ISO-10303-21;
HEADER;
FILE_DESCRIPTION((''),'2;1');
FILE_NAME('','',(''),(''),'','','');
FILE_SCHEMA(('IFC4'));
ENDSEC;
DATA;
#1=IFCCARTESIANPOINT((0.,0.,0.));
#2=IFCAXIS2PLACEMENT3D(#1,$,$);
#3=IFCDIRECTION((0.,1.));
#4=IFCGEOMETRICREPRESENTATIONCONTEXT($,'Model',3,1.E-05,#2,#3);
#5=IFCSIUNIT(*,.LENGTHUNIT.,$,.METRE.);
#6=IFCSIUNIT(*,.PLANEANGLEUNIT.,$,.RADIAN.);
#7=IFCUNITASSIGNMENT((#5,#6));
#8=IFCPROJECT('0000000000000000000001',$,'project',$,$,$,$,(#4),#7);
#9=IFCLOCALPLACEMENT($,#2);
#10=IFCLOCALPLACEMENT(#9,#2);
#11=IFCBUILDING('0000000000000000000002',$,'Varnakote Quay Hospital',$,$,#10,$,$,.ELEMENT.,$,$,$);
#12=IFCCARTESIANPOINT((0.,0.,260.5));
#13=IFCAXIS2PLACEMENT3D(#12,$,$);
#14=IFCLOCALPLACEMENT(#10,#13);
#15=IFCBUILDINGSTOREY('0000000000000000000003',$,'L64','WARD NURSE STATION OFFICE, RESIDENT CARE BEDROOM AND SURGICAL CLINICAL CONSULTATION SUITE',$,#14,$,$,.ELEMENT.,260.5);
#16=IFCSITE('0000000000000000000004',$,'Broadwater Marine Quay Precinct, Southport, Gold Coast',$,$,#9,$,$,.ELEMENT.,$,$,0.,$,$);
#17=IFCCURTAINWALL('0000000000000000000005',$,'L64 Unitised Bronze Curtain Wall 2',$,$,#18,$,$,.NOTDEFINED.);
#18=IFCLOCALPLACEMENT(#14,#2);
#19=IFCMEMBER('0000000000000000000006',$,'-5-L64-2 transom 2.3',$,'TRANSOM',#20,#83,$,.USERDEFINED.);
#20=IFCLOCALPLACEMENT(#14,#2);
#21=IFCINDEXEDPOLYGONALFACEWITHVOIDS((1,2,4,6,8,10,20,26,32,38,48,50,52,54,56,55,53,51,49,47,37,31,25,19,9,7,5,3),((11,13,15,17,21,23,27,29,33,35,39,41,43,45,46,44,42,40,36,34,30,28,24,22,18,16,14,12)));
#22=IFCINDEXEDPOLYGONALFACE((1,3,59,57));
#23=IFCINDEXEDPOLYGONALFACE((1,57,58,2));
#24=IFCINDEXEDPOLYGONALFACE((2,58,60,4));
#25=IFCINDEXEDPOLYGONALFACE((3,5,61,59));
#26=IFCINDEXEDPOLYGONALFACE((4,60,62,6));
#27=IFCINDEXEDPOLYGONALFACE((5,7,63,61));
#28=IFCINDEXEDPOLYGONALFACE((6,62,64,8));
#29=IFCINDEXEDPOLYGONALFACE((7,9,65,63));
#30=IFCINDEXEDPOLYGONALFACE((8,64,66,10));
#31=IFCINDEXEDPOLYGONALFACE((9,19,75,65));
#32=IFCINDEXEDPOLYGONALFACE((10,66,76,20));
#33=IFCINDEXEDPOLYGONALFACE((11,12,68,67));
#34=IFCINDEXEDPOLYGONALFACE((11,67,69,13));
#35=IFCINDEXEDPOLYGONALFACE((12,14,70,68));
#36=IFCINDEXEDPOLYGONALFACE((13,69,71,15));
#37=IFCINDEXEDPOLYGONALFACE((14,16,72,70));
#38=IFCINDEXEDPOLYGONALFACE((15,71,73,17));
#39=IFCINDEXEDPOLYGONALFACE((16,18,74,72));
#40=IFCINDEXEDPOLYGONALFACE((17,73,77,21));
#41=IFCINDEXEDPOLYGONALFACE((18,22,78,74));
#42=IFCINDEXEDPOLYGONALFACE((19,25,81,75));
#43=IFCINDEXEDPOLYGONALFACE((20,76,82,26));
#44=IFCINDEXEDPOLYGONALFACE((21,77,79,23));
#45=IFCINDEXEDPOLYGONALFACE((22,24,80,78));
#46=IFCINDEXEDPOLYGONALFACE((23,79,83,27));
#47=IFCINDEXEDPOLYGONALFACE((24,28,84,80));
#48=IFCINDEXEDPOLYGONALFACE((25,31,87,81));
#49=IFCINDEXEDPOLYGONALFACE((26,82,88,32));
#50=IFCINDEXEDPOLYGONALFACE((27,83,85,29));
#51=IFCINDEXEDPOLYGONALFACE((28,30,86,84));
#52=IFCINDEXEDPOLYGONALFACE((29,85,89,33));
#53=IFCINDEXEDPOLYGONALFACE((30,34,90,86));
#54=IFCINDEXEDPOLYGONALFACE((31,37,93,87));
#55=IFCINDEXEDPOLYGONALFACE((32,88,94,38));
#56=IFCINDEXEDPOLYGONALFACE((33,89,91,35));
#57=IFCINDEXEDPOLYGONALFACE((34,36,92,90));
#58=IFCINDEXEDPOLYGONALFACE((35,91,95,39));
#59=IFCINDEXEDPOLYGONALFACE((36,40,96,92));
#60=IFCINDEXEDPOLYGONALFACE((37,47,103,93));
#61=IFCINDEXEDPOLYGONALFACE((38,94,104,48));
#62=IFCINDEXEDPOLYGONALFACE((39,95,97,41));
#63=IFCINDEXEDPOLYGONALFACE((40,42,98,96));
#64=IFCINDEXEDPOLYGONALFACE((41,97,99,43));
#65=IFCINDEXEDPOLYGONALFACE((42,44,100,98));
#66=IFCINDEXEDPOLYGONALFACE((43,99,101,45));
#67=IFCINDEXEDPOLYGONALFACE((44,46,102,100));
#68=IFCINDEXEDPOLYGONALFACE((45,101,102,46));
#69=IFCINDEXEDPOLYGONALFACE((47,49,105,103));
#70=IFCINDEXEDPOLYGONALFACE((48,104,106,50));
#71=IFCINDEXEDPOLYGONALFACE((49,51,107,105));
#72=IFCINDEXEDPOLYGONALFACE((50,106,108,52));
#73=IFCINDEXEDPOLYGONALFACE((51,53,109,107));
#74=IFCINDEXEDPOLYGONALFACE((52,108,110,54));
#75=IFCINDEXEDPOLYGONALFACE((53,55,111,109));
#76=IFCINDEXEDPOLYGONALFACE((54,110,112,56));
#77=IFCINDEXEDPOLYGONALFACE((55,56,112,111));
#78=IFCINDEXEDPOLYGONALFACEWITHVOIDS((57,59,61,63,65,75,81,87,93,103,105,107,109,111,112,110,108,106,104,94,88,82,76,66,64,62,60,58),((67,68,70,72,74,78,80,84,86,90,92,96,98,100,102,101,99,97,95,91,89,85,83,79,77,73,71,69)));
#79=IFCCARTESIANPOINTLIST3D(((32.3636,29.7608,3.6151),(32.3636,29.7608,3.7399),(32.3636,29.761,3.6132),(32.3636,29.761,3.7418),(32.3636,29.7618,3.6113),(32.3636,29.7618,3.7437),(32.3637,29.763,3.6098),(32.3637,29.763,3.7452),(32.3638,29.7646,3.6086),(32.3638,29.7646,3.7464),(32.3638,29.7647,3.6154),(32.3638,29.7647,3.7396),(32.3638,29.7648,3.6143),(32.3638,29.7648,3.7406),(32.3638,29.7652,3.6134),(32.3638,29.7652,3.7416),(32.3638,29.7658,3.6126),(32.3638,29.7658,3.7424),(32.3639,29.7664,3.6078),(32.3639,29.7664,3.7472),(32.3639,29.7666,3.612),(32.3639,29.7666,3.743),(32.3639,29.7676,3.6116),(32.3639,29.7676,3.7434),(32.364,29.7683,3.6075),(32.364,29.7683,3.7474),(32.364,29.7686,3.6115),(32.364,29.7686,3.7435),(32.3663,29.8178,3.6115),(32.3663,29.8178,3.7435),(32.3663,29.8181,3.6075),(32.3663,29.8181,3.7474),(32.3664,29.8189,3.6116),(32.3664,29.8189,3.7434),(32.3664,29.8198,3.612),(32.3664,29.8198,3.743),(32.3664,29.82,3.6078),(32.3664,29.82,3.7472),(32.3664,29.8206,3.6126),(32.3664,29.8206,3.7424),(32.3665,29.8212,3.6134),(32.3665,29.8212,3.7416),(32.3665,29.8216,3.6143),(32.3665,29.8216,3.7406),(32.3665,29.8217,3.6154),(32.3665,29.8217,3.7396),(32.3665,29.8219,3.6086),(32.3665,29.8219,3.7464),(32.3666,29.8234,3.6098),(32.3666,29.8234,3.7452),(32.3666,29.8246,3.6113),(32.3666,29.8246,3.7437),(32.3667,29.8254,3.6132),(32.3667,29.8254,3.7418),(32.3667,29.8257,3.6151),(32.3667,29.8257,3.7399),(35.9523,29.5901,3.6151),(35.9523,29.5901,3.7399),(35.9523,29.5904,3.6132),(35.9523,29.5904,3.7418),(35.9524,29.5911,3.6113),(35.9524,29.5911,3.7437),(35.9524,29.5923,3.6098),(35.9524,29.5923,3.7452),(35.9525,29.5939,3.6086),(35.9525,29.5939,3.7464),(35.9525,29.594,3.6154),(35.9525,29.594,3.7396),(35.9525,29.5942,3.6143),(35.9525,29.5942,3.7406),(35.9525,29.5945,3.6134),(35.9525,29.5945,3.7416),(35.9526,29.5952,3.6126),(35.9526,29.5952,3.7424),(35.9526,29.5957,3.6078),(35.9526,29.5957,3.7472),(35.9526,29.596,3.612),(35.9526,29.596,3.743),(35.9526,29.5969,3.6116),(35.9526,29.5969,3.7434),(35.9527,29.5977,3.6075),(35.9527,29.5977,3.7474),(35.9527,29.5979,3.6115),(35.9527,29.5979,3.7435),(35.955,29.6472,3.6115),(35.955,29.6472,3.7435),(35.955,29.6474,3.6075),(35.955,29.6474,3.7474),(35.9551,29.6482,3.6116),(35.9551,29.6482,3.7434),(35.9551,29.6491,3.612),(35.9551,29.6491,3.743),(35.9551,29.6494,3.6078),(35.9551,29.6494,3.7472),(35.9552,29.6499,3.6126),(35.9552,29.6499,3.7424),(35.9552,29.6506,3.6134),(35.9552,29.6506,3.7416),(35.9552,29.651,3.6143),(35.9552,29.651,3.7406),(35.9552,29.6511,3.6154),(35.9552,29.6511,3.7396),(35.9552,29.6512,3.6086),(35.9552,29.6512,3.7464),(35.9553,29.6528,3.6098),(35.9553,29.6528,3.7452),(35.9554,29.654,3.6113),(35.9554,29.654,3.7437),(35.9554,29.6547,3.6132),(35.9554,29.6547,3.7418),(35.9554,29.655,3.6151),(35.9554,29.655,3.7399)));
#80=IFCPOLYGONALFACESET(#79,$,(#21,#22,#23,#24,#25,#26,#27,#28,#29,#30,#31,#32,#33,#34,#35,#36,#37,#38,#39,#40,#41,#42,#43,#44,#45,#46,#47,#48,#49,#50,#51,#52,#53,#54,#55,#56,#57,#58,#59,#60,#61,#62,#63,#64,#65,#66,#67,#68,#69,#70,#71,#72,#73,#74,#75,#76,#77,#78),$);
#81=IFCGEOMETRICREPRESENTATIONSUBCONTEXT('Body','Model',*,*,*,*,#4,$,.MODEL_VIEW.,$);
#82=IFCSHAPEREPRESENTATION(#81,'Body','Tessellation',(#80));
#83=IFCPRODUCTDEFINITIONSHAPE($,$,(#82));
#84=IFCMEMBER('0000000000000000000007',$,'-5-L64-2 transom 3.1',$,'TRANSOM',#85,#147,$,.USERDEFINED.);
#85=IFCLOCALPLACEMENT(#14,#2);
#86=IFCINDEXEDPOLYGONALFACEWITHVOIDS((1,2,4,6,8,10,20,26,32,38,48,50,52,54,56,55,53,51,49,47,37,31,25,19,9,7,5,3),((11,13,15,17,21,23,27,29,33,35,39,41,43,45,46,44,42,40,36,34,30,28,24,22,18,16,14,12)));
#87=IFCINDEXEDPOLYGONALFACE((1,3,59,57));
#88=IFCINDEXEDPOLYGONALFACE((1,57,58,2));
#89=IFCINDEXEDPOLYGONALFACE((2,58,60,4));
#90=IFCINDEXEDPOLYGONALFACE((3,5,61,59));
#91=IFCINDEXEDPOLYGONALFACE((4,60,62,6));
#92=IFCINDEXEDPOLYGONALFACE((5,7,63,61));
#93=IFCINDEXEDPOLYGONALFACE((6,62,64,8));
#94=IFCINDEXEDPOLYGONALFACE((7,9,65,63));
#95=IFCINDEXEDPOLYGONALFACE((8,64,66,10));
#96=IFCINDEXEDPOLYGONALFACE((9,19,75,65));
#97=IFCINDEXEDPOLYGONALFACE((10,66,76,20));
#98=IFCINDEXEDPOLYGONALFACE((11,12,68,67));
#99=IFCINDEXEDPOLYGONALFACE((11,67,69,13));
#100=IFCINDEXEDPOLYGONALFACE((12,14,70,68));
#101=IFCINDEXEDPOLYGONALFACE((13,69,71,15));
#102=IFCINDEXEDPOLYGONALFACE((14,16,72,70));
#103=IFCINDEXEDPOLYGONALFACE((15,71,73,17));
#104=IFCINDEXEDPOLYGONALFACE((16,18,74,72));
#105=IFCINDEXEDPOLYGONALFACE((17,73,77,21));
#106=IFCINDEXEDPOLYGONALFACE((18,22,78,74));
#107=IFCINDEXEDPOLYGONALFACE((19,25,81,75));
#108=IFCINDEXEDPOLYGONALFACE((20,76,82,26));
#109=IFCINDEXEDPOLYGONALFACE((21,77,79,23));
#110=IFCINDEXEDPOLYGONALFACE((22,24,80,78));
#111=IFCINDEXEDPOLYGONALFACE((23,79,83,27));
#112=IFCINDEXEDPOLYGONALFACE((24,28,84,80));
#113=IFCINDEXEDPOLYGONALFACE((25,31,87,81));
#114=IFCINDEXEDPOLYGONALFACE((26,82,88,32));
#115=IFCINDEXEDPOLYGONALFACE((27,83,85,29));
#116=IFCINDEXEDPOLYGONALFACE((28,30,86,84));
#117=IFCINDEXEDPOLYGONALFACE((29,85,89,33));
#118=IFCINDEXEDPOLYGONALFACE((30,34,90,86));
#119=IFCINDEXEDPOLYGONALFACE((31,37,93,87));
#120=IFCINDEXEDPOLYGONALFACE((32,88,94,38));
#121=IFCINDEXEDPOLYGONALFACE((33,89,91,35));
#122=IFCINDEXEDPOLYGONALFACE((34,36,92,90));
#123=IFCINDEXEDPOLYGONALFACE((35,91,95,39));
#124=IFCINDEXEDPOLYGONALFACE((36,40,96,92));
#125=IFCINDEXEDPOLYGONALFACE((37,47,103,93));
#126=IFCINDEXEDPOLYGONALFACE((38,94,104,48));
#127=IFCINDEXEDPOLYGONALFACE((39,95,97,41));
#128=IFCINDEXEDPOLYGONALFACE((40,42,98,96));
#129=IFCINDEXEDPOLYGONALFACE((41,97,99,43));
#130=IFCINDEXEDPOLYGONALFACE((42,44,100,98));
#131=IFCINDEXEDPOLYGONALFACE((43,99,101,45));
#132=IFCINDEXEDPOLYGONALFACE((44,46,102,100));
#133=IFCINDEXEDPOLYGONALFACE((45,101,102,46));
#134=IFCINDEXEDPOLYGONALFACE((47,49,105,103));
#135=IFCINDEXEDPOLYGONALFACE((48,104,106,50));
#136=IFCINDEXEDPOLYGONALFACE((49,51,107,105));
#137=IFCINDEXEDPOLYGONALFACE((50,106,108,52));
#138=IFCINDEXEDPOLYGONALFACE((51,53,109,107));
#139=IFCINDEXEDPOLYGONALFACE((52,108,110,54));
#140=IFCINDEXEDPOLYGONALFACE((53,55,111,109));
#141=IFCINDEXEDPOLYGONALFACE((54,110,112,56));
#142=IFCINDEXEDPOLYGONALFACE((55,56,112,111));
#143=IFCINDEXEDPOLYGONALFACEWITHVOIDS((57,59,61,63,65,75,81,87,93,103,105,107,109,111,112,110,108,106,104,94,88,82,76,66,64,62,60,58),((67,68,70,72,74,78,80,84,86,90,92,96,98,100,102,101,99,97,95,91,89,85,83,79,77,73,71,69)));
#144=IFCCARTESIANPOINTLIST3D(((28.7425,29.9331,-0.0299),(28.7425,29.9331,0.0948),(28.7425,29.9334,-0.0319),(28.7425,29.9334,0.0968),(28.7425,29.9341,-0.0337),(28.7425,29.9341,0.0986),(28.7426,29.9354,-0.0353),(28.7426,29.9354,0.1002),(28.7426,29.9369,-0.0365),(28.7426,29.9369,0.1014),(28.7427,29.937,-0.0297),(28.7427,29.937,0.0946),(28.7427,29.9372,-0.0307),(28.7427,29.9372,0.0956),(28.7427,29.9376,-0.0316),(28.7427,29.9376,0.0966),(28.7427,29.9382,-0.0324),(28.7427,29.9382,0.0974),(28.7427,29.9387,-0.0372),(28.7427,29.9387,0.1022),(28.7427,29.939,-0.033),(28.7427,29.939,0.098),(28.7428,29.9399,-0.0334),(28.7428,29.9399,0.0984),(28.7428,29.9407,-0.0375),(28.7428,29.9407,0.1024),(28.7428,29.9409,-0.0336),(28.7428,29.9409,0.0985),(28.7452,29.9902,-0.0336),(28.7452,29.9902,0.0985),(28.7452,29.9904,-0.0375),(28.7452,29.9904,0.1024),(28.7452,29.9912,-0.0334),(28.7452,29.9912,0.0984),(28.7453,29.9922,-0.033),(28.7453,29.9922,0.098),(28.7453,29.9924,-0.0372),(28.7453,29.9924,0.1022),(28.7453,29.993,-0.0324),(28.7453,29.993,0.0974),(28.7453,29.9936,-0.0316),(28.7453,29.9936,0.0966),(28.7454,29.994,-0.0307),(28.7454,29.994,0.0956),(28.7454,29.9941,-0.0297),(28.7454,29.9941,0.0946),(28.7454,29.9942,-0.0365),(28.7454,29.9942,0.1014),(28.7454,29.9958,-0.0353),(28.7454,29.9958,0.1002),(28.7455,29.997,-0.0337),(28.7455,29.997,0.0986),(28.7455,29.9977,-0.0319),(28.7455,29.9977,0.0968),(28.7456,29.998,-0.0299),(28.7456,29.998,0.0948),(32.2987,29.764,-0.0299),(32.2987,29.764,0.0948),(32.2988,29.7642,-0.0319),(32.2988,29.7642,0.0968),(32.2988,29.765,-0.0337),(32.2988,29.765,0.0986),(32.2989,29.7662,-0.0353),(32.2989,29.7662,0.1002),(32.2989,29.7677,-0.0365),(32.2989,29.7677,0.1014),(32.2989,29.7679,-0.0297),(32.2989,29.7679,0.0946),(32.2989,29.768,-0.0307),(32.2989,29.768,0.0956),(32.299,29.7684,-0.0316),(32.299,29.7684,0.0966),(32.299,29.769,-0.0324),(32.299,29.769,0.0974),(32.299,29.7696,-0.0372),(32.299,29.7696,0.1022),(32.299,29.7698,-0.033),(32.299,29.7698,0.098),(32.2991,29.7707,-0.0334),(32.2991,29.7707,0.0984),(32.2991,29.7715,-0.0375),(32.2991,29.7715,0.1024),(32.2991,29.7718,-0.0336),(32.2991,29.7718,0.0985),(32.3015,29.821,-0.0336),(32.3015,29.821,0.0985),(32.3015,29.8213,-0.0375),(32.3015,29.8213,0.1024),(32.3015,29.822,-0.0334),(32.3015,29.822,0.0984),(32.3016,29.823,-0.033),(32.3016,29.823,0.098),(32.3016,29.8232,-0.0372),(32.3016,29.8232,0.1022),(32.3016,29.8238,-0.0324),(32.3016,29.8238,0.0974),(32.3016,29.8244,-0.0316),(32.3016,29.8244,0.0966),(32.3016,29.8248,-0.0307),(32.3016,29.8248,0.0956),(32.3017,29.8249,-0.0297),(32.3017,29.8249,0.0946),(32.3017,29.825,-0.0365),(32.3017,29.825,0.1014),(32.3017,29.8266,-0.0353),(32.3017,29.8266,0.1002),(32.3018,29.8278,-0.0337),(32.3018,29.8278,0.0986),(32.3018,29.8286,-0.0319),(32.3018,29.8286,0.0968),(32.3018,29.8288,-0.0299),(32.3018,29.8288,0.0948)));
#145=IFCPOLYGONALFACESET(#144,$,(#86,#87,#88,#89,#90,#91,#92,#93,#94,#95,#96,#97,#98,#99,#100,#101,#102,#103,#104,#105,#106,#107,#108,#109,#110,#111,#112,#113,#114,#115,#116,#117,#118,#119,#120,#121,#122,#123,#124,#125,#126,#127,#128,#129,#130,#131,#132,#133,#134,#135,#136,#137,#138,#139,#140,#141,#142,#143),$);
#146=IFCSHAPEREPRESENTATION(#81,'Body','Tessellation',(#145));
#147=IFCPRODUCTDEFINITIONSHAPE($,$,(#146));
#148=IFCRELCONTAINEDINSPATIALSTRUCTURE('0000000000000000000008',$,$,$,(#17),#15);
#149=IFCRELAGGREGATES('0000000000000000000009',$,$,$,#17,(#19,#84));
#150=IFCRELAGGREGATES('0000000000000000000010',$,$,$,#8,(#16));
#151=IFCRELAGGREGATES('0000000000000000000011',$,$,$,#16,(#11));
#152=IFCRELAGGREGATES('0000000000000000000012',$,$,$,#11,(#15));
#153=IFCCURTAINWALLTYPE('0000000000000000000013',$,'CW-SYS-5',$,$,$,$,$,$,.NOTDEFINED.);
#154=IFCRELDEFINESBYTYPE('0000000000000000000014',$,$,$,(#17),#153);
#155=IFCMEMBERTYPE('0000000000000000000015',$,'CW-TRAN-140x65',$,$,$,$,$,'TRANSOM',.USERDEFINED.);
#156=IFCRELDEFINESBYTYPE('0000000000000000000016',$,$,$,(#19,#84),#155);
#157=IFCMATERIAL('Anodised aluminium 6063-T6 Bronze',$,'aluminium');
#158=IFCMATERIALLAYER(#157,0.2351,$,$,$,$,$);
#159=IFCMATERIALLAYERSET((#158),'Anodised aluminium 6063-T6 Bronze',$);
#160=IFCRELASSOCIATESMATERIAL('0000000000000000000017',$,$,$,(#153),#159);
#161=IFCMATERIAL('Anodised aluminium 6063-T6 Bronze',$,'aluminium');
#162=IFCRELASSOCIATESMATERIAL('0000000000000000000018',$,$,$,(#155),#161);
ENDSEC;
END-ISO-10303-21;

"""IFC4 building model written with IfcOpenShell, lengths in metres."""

from ifc_helpers import new_model, si_unit, direction, frame, origin, origin_2d, place, context, subcontext, project, spatial, hollow_rectangle, extrude, material, layer, layer_set, material_profile, profile_set, type_object, element, aggregate, save


model = new_model("IFC4")

# Units and contexts
model_context = context("Model", 3, precision=1e-05, world=origin(), true_north=direction((0.0, 1.0)))
body_context = subcontext(model_context, "Body", "Model", "MODEL_VIEW")
ifc_project = project(units=[si_unit("LENGTHUNIT", "METRE"), si_unit("PLANEANGLEUNIT", "RADIAN")], contexts=[model_context])

# Site, building, storey
site_placement = place(None, origin())
site = spatial("IfcSite", under=ifc_project, at=site_placement, Name="Broadwater Marine Quay Precinct, Southport, Gold Coast", CompositionType="ELEMENT", RefElevation=0.0)
building_placement = place(site_placement, origin())
building = spatial("IfcBuilding", under=site, at=building_placement, Name="Varnakote Quay Hospital", CompositionType="ELEMENT")
storey_placement = place(building_placement, frame((0.0, 0.0, 260.5)))
storey = spatial("IfcBuildingStorey", under=building, at=storey_placement, Name="L64", Description="WARD NURSE STATION OFFICE, RESIDENT CARE BEDROOM AND SURGICAL CLINICAL CONSULTATION SUITE", CompositionType="ELEMENT", Elevation=260.5)

# Curtain wall, members
ifc_material_1 = material(Name="Anodised aluminium 6063-T6 Bronze", Category="aluminium")
ifc_layer_1 = layer(ifc_material_1, 0.2351)
ifc_layer_set_1 = layer_set([ifc_layer_1], Name="Anodised aluminium 6063-T6 Bronze")
curtain_wall_type = type_object("IfcCurtainWallType", Name="CW-SYS-5", PredefinedType="NOTDEFINED", material=ifc_layer_set_1)
curtain_wall_placement = place(storey_placement, origin())
curtain_wall = element("IfcCurtainWall", 1, at=curtain_wall_placement, inside=storey, type_object=curtain_wall_type, Name="L64 Unitised Bronze Curtain Wall 2", PredefinedType="NOTDEFINED")
ifc_material_2 = material(Name="Anodised aluminium 6063-T6 Bronze", Category="aluminium")
ifc_material_profile_1 = material_profile(ifc_material_2, hollow_rectangle(XDim=0.0649, YDim=0.1399, WallThickness=0.0039, InnerFilletRadius=0.0039, OuterFilletRadius=0.0076, at=origin_2d()), Name="CW-TRAN-140x65")
ifc_profile_set_1 = profile_set([ifc_material_profile_1], Name="Anodised aluminium 6063-T6 Bronze")
member_type_1 = type_object("IfcMemberType", Name="CW-TRAN-140x65", ElementType="TRANSOM", PredefinedType="USERDEFINED", material=ifc_profile_set_1)
member_1_placement = place(storey_placement, frame((35.9539, 29.6226, 3.6775), z_axis=(-0.998871, 0.047501, 0.0), x_axis=(-0.047501, -0.998871, 0.0)))
member_1 = element("IfcMember", 2, at=member_1_placement, type_object=member_type_1, Name="-5-L64-2 transom 2.3", ObjectType="TRANSOM", PredefinedType="USERDEFINED", context=body_context, shape_type="SweptSolid", body=[
    extrude(hollow_rectangle(XDim=0.0649, YDim=0.1399, WallThickness=0.0039, InnerFilletRadius=0.0039, OuterFilletRadius=0.0076, at=origin_2d()), origin(), (0.0, 0.0, 1.0), 3.5928),
])
member_2_placement = place(storey_placement, frame((32.3003, 29.7964, 0.0325), z_axis=(-0.99887, 0.04752, 0.0), x_axis=(-0.04752, -0.99887, 0.0)))
member_2 = element("IfcMember", 3, at=member_2_placement, type_object=member_type_1, Name="-5-L64-2 transom 3.1", ObjectType="TRANSOM", PredefinedType="USERDEFINED", context=body_context, shape_type="SweptSolid", body=[
    extrude(hollow_rectangle(XDim=0.0649, YDim=0.1399, WallThickness=0.0039, InnerFilletRadius=0.0039, OuterFilletRadius=0.0076, at=origin_2d()), origin(), (0.0, 0.0, 1.0), 3.5603),
])

aggregate(curtain_wall, [member_1, member_2])

save(model, "model.ifc")
